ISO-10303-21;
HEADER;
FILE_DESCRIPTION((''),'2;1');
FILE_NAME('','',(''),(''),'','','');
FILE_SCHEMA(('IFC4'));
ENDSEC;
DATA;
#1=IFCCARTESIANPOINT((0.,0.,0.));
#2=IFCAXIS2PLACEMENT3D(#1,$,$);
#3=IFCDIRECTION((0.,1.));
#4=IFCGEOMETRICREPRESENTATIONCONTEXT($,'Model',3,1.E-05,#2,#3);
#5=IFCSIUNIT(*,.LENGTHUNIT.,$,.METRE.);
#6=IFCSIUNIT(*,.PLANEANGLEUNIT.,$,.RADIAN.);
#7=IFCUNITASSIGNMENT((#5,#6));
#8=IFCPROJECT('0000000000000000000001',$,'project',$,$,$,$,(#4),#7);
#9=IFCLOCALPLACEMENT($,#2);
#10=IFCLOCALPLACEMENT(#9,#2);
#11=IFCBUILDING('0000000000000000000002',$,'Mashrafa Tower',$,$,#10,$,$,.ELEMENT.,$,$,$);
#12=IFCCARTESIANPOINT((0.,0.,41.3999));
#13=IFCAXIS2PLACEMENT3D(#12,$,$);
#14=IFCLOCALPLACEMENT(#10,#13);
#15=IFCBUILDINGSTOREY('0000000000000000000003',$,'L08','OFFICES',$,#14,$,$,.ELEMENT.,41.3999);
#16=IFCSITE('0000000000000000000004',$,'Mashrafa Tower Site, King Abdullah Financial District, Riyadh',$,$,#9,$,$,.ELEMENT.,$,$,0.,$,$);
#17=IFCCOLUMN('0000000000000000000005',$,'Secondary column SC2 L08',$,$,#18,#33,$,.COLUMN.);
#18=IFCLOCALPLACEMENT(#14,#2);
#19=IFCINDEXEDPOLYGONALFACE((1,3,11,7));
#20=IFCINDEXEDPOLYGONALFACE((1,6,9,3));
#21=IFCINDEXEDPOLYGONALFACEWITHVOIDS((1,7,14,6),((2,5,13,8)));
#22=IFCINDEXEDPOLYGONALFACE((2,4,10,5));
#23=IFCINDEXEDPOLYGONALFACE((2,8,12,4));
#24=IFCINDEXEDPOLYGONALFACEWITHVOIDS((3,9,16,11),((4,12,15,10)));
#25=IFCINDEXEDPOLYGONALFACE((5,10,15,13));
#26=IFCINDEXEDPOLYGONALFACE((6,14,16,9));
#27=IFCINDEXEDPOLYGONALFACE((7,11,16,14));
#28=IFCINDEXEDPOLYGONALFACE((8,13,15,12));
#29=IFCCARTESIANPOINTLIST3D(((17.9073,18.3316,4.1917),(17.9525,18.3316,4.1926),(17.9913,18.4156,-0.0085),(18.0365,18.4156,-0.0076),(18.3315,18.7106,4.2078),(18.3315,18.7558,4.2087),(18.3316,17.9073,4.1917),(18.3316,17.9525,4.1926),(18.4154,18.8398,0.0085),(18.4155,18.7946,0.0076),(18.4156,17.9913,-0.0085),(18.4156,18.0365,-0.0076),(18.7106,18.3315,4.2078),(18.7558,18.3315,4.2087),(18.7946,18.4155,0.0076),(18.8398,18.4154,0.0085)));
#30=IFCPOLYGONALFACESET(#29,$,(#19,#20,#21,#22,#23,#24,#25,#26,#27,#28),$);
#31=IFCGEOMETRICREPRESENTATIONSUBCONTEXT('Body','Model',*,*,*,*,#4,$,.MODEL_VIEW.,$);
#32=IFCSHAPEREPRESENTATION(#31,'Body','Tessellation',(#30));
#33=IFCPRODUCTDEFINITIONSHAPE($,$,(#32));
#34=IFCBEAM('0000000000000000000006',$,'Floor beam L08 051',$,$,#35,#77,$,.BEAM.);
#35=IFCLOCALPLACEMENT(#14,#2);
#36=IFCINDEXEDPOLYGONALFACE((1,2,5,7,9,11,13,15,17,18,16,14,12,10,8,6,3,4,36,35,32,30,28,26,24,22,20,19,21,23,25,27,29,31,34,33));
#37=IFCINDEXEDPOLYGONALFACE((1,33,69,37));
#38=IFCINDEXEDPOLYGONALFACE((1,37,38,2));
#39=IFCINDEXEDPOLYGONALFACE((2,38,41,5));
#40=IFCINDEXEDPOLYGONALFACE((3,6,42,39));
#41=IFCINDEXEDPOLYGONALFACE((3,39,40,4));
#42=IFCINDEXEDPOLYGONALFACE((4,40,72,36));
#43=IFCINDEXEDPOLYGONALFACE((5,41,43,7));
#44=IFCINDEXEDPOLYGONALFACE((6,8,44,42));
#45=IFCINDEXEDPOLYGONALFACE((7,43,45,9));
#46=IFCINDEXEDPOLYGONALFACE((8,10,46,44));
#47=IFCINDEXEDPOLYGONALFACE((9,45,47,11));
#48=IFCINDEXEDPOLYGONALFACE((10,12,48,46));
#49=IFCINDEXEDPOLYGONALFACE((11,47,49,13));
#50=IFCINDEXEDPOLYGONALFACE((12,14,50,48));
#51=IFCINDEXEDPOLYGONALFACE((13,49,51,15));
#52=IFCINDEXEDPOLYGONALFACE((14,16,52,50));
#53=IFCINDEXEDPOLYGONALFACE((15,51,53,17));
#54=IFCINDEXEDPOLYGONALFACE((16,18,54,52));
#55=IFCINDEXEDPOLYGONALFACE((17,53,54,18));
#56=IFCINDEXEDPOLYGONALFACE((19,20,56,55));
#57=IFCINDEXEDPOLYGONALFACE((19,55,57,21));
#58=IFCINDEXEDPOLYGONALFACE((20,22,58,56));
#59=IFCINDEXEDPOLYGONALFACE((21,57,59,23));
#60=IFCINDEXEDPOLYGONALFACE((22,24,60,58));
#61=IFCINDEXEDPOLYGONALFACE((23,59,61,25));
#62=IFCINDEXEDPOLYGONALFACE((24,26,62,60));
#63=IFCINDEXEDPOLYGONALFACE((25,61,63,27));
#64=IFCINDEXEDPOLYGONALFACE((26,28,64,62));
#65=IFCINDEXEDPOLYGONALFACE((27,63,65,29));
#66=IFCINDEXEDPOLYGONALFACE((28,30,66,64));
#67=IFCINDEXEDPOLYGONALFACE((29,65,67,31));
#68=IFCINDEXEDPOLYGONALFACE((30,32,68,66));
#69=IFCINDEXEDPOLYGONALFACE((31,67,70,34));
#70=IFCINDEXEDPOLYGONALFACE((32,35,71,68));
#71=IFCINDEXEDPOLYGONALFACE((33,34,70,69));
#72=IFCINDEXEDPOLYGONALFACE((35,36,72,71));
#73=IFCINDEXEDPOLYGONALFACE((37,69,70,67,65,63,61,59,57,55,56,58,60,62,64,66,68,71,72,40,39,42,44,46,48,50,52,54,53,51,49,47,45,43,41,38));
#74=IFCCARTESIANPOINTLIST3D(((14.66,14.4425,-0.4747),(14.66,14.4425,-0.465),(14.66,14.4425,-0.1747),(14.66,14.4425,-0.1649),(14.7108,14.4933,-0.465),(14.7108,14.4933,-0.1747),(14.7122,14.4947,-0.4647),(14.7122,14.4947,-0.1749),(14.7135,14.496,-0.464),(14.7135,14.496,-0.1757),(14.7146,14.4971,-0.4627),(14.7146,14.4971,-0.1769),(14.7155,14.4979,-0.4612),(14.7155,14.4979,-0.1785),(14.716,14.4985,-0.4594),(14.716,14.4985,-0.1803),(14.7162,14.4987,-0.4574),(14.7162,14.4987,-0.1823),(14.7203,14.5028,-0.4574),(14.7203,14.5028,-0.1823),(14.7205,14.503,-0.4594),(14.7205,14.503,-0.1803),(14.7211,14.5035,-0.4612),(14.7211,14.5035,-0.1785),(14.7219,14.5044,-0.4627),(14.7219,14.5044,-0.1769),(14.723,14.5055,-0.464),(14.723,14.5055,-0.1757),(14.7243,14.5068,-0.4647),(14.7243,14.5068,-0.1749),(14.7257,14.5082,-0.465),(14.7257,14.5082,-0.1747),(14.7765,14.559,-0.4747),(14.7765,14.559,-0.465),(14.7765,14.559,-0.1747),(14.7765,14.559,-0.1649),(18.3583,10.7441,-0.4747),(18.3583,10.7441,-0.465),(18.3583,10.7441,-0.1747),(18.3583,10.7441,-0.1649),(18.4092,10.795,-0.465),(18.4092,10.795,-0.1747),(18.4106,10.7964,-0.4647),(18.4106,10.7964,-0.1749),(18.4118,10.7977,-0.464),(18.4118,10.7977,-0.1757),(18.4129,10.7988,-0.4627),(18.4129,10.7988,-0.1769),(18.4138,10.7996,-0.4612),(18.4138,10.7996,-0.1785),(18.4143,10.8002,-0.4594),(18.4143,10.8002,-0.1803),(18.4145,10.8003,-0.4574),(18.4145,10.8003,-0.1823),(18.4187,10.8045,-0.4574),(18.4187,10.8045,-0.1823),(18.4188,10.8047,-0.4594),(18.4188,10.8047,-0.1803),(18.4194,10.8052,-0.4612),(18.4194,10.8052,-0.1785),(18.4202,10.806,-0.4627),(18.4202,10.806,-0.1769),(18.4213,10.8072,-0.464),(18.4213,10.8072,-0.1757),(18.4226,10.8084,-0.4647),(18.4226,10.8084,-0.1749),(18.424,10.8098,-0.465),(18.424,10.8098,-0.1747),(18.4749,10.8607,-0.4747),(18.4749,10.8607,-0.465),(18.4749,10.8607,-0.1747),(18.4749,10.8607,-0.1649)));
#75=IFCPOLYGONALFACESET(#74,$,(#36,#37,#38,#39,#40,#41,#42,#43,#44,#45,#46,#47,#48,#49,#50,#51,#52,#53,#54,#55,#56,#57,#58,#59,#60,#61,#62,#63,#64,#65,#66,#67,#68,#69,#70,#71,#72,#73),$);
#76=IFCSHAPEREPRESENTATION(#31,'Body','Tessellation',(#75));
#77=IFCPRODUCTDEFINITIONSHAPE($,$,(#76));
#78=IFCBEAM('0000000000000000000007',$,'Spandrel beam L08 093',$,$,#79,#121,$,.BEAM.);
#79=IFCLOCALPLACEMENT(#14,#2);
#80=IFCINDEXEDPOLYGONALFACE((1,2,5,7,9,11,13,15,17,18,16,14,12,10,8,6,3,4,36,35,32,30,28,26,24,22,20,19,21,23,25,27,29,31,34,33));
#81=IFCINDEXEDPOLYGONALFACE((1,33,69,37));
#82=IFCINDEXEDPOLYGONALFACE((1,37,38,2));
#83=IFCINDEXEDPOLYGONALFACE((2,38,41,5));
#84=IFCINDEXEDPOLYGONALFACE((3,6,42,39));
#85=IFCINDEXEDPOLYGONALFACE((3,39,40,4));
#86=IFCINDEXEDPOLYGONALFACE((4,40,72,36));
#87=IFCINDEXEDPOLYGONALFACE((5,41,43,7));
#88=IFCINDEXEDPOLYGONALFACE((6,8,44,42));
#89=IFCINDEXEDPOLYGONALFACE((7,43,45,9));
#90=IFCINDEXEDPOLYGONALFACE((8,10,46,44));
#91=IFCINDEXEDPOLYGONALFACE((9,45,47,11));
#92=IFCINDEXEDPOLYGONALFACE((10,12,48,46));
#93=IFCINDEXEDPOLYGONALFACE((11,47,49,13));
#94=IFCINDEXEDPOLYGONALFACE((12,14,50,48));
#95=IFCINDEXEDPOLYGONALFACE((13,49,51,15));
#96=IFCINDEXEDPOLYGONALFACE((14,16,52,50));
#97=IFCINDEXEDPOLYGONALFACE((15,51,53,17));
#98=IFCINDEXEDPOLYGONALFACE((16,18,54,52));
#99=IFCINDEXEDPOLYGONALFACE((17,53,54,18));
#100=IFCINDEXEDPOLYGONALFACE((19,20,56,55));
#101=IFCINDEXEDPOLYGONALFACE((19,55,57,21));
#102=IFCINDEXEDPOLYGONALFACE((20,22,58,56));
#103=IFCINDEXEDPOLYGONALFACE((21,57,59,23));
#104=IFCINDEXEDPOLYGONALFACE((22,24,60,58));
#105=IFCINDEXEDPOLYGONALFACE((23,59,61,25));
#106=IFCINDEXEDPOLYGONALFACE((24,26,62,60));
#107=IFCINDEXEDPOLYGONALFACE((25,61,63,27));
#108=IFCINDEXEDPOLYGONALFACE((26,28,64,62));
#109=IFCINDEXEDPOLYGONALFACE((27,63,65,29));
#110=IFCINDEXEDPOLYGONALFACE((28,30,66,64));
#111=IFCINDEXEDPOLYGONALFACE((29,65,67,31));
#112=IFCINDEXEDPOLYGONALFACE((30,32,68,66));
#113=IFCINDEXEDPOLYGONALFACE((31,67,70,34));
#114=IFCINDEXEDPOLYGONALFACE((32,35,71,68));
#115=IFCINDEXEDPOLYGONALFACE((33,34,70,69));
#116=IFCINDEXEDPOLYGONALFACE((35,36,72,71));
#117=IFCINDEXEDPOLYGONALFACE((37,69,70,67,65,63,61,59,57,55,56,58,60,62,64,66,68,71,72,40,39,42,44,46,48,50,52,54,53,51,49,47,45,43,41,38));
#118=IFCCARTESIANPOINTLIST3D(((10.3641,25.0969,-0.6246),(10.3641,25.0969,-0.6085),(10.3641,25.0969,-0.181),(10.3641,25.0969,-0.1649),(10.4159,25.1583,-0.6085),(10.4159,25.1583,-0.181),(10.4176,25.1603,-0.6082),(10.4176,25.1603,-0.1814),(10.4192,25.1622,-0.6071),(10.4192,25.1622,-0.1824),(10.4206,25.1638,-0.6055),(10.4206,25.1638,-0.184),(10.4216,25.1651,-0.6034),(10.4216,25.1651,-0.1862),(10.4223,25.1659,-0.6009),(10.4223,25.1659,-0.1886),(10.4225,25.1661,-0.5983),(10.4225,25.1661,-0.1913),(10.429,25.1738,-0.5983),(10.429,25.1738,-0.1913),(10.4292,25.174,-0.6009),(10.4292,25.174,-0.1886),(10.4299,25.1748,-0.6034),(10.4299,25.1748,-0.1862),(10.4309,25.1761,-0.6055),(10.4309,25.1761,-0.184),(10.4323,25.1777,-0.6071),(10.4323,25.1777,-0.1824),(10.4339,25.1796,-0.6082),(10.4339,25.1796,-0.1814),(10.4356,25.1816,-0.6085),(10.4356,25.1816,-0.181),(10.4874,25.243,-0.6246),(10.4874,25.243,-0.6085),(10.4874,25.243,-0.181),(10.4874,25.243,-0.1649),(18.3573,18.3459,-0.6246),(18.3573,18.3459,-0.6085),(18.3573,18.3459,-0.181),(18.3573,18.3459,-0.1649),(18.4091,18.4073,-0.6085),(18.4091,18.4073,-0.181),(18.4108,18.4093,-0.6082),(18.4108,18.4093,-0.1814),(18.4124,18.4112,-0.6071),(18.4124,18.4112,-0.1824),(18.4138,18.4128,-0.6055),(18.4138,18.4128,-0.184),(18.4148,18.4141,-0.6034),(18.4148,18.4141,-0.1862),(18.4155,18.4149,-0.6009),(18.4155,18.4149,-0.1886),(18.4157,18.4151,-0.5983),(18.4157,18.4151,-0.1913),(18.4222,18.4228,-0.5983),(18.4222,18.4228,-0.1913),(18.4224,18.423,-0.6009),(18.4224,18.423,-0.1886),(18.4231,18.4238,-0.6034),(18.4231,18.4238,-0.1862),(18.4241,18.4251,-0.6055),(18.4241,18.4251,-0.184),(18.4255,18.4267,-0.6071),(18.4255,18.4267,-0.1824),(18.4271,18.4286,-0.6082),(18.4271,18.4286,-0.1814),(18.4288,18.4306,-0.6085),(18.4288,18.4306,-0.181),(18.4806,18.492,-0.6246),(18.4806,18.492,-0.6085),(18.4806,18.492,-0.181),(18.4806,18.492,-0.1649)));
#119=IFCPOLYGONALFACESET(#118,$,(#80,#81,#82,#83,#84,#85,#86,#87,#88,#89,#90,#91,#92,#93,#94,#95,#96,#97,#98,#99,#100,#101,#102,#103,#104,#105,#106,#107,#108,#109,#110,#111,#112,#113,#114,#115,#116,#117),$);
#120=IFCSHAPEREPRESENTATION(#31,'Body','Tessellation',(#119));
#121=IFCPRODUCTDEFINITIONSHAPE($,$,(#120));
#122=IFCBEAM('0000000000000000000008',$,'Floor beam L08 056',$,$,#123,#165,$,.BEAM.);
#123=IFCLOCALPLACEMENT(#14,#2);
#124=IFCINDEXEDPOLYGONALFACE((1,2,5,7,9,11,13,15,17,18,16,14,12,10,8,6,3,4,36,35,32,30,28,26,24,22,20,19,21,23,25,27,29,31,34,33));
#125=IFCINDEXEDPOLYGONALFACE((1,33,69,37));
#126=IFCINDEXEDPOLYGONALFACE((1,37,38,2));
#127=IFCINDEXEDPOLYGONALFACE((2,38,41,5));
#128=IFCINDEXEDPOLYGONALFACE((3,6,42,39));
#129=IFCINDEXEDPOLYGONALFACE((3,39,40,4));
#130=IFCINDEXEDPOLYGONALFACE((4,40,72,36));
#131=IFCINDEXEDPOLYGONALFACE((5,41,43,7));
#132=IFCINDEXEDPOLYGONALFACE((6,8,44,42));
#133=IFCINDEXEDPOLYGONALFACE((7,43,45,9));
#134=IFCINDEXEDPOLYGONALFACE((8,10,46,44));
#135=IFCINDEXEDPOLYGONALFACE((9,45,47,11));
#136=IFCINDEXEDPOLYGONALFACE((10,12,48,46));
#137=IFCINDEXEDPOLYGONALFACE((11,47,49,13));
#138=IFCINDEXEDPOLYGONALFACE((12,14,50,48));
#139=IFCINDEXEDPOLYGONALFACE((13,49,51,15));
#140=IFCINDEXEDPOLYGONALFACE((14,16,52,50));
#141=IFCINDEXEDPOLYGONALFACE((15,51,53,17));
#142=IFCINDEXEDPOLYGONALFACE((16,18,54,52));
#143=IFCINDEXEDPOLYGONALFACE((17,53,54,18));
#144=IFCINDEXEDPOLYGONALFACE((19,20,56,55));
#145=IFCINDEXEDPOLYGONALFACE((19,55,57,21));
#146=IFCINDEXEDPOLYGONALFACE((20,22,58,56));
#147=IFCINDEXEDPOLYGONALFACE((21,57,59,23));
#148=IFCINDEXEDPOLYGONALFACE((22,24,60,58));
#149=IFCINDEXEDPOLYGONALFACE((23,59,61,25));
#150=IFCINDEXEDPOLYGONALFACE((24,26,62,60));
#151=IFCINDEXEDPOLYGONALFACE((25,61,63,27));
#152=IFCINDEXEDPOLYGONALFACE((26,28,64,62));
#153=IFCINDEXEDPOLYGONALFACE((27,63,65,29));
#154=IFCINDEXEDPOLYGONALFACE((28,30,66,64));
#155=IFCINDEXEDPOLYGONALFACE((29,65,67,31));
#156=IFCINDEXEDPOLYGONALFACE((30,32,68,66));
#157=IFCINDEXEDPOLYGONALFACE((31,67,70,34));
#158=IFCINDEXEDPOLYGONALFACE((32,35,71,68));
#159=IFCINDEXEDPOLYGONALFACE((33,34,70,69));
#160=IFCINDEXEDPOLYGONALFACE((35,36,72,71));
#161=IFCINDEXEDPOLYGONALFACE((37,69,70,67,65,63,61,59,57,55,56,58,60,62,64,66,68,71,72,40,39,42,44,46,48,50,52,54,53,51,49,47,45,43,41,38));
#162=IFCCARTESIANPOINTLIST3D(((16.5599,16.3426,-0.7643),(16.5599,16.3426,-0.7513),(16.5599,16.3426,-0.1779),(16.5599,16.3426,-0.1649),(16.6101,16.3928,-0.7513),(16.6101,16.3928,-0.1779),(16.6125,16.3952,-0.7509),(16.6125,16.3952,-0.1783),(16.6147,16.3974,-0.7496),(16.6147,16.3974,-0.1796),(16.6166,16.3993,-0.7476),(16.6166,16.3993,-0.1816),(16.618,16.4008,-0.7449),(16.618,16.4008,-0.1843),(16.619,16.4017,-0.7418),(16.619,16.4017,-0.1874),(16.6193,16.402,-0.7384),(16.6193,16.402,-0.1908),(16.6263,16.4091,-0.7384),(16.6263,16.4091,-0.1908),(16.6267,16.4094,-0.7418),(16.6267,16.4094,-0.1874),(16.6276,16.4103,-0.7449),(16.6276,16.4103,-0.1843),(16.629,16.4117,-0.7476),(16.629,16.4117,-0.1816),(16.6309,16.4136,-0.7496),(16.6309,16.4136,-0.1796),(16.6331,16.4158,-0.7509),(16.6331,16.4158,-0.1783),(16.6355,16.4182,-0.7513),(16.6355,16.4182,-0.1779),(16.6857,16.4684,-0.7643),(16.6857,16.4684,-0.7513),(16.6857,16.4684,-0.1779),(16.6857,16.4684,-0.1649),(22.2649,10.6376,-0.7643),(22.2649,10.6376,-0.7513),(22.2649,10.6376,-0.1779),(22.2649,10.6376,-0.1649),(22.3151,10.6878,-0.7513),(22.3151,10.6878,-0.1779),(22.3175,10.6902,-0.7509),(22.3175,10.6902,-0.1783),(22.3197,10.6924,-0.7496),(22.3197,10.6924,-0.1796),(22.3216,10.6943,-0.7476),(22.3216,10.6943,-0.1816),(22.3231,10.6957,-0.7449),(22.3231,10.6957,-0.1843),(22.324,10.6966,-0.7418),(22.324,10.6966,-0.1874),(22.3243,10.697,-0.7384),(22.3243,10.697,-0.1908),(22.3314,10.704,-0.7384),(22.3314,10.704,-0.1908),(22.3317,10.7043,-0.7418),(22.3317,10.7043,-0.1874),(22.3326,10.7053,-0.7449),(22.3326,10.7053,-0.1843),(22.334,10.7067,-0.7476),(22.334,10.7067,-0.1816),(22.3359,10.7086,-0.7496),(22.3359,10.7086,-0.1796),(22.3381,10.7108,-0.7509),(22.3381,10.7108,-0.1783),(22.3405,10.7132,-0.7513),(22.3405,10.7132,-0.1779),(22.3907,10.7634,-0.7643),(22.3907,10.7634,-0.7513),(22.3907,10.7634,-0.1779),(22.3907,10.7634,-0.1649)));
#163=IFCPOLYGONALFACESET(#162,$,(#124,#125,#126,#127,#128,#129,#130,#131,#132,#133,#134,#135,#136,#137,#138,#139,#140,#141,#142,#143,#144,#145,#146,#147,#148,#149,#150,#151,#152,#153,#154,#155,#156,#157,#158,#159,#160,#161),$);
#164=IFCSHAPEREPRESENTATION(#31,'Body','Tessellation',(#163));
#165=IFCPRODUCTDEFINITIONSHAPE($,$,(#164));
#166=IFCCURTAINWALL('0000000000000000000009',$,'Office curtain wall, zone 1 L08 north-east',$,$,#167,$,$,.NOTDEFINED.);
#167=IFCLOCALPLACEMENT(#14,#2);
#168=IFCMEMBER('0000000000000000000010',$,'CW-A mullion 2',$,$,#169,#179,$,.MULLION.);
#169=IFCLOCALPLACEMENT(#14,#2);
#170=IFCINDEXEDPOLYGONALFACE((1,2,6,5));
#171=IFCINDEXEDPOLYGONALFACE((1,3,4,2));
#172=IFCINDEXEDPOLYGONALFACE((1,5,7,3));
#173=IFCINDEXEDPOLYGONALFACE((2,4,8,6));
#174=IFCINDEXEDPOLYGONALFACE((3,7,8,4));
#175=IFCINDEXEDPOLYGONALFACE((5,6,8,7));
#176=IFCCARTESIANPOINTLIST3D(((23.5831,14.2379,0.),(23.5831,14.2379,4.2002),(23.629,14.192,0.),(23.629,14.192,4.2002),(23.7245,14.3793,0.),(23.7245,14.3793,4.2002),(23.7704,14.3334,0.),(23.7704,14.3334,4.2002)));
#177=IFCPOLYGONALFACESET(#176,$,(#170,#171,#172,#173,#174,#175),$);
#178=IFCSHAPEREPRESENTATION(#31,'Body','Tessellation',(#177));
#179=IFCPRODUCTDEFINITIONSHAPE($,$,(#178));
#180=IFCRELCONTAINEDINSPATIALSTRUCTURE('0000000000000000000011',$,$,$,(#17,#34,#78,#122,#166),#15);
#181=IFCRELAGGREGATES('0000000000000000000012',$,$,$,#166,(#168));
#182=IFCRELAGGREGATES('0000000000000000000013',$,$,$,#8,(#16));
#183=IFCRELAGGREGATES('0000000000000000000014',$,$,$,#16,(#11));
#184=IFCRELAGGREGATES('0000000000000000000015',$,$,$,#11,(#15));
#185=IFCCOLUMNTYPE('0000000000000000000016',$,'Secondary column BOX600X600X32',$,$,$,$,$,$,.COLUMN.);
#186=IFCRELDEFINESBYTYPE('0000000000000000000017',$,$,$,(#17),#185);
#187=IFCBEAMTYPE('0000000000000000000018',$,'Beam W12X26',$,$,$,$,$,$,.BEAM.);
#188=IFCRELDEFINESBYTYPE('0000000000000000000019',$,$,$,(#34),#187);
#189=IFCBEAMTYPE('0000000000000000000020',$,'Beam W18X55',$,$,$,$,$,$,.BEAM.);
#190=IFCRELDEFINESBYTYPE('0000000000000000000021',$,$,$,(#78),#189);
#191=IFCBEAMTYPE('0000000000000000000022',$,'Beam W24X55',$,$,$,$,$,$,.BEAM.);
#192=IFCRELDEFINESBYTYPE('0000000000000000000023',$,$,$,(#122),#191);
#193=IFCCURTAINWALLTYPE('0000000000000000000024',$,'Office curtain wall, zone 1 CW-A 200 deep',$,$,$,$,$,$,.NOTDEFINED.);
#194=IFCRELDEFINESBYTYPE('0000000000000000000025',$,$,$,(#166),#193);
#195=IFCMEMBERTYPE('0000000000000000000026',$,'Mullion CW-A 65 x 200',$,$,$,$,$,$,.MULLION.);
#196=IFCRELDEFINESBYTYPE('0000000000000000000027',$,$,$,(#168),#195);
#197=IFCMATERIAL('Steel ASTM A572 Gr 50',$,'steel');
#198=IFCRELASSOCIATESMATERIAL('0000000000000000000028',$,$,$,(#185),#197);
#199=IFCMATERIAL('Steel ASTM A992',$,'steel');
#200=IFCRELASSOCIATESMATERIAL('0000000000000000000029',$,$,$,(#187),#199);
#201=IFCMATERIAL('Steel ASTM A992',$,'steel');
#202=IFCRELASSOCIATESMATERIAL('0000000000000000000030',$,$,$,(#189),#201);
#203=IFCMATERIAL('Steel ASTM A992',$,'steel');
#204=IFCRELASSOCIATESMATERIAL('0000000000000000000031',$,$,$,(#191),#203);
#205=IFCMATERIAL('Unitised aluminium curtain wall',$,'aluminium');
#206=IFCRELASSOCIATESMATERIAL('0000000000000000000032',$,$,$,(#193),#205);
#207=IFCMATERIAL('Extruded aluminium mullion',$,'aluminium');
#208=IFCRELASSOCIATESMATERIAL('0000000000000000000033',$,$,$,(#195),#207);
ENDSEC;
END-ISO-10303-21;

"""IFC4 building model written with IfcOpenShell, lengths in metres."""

from ifc_helpers import new_model, si_unit, direction, frame, origin, origin_2d, place, context, subcontext, project, spatial, rectangle, hollow_rectangle, i_section, extrude, source, transform, mapped, material, material_profile, profile_set, type_object, type_shapes, element, aggregate, save


model = new_model("IFC4")

# Units and contexts
model_context = context("Model", 3, precision=1e-05, world=origin(), true_north=direction((0.0, 1.0)))
body_context = subcontext(model_context, "Body", "Model", "MODEL_VIEW")
ifc_project = project(units=[si_unit("LENGTHUNIT", "METRE"), si_unit("PLANEANGLEUNIT", "RADIAN")], contexts=[model_context])

# Site, building, storey
site_placement = place(None, origin())
site = spatial("IfcSite", under=ifc_project, at=site_placement, Name="Mashrafa Tower Site, King Abdullah Financial District, Riyadh", CompositionType="ELEMENT", RefElevation=0.0)
building_placement = place(site_placement, origin())
building = spatial("IfcBuilding", under=site, at=building_placement, Name="Mashrafa Tower", CompositionType="ELEMENT")
storey_placement = place(building_placement, frame((0.0, 0.0, 41.3999)))
storey = spatial("IfcBuildingStorey", under=building, at=storey_placement, Name="L08", Description="OFFICES", CompositionType="ELEMENT", Elevation=41.3999)

# Column
ifc_material_1 = material(Name="Steel ASTM A572 Gr 50", Category="steel")
ifc_material_profile_1 = material_profile(ifc_material_1, hollow_rectangle(XDim=0.6001, YDim=0.6001, WallThickness=0.032, at=origin_2d()), Name="BOX600X600X32")
ifc_profile_set_1 = profile_set([ifc_material_profile_1], Name="Steel ASTM A572 Gr 50")
column_type = type_object("IfcColumnType", Name="Secondary column BOX600X600X32", PredefinedType="COLUMN", material=ifc_profile_set_1)
column_placement = place(storey_placement, frame((18.4155, 18.4155, 0.0), z_axis=(-0.019987, -0.019987, 0.9996), x_axis=(0.707107, -0.707107, 0.0)))
element("IfcColumn", 1, at=column_placement, inside=storey, type_object=column_type, Name="Secondary column SC2 L08", PredefinedType="COLUMN", context=body_context, shape_type="SweptSolid", body=[
    extrude(hollow_rectangle(XDim=0.6001, YDim=0.6001, WallThickness=0.032, at=origin_2d()), origin(), (0.0, 0.0, 1.0), 4.2019),
])

# Beams
ifc_material_2 = material(Name="Steel ASTM A992", Category="steel")
ifc_material_profile_2 = material_profile(ifc_material_2, i_section(OverallWidth=0.1648, OverallDepth=0.3098, WebThickness=0.0059, FlangeThickness=0.0098, FilletRadius=0.0076, at=origin_2d()), Name="W12X26")
ifc_profile_set_2 = profile_set([ifc_material_profile_2], Name="Steel ASTM A992")
beam_type_1 = type_object("IfcBeamType", Name="Beam W12X26", PredefinedType="BEAM", material=ifc_profile_set_2)
beam_1_placement = place(storey_placement, frame((14.7183, 14.5007, -0.3198), z_axis=(0.707107, -0.707107, 0.0), x_axis=(0.707107, 0.707107, 0.0)))
element("IfcBeam", 2, at=beam_1_placement, inside=storey, type_object=beam_type_1, Name="Floor beam L08 051", PredefinedType="BEAM", context=body_context, shape_type="SweptSolid", body=[
    extrude(i_section(OverallWidth=0.1648, OverallDepth=0.3098, WebThickness=0.0059, FlangeThickness=0.0098, FilletRadius=0.0076, at=origin_2d()), origin(), (0.0, 0.0, 1.0), 5.2302),
])
ifc_material_3 = material(Name="Steel ASTM A992", Category="steel")
ifc_material_profile_3 = material_profile(ifc_material_3, i_section(OverallWidth=0.1912, OverallDepth=0.4597, WebThickness=0.01, FlangeThickness=0.0161, FilletRadius=0.0103, at=origin_2d()), Name="W18X55")
ifc_profile_set_3 = profile_set([ifc_material_profile_3], Name="Steel ASTM A992")
beam_type_2 = type_object("IfcBeamType", Name="Beam W18X55", PredefinedType="BEAM", material=ifc_profile_set_3)
beam_2_placement = place(storey_placement, frame((18.4189, 18.4189, -0.3948), z_axis=(-0.763974, 0.645247, 0.0), x_axis=(-0.645247, -0.763974, 0.0)))
element("IfcBeam", 3, at=beam_2_placement, inside=storey, type_object=beam_type_2, Name="Spandrel beam L08 093", PredefinedType="BEAM", context=body_context, shape_type="SweptSolid", body=[
    extrude(i_section(OverallWidth=0.1912, OverallDepth=0.4597, WebThickness=0.01, FlangeThickness=0.0161, FilletRadius=0.0103, at=origin_2d()), origin(), (0.0, 0.0, 1.0), 10.4626),
])
ifc_material_4 = material(Name="Steel ASTM A992", Category="steel")
ifc_material_profile_4 = material_profile(ifc_material_4, i_section(OverallWidth=0.178, OverallDepth=0.5994, WebThickness=0.01, FlangeThickness=0.0129, FilletRadius=0.0129, at=origin_2d()), Name="W24X55")
ifc_profile_set_4 = profile_set([ifc_material_profile_4], Name="Steel ASTM A992")
beam_type_3 = type_object("IfcBeamType", Name="Beam W24X55", PredefinedType="BEAM", material=ifc_profile_set_4)
beam_3_placement = place(storey_placement, frame((16.6228, 16.4055, -0.4646), z_axis=(0.707107, -0.707107, 0.0), x_axis=(0.707107, 0.707107, 0.0)))
element("IfcBeam", 4, at=beam_3_placement, inside=storey, type_object=beam_type_3, Name="Floor beam L08 056", PredefinedType="BEAM", context=body_context, shape_type="SweptSolid", body=[
    extrude(i_section(OverallWidth=0.178, OverallDepth=0.5994, WebThickness=0.01, FlangeThickness=0.0129, FilletRadius=0.0129, at=origin_2d()), origin(), (0.0, 0.0, 1.0), 8.0681),
])

# Curtain wall, member
ifc_material_5 = material(Name="Unitised aluminium curtain wall", Category="aluminium")
curtain_wall_type = type_object("IfcCurtainWallType", Name="Office curtain wall, zone 1 CW-A 200 deep", PredefinedType="NOTDEFINED", material=ifc_material_5)
curtain_wall_placement = place(storey_placement, origin())
curtain_wall = element("IfcCurtainWall", 5, at=curtain_wall_placement, inside=storey, type_object=curtain_wall_type, Name="Office curtain wall, zone 1 L08 north-east", PredefinedType="NOTDEFINED")
ifc_material_6 = material(Name="Extruded aluminium mullion", Category="aluminium")
ifc_material_profile_5 = material_profile(ifc_material_6, rectangle(XDim=0.2, YDim=0.0649, at=origin_2d()), Name="Mullion 65x200")
ifc_profile_set_5 = profile_set([ifc_material_profile_5], Name="Extruded aluminium mullion")
member_type_1 = type_object("IfcMemberType", Name="Mullion CW-A 65 x 200", PredefinedType="MULLION", material=ifc_profile_set_5)
shared_shape_1 = source(origin(), body_context, "Body", "SweptSolid", [
    extrude(rectangle(XDim=0.2, YDim=0.0649, at=origin_2d()), origin(), (0.0, 0.0, 1.0), 4.2002),
])
type_shapes(member_type_1, [shared_shape_1])
member_1_placement = place(storey_placement, frame((23.6768, 14.2856, 0.0), z_axis=(0.0, 0.0, 1.0), x_axis=(-0.707107, -0.707107, 0.0)))
member_1 = element("IfcMember", 6, at=member_1_placement, type_object=member_type_1, Name="CW-A mullion 2", PredefinedType="MULLION", context=body_context, shape_type="MappedRepresentation", body=[
    mapped(shared_shape_1, transform((0.0, 0.0, 0.0))),
])
aggregate(curtain_wall, [member_1])

save(model, "model.ifc")
